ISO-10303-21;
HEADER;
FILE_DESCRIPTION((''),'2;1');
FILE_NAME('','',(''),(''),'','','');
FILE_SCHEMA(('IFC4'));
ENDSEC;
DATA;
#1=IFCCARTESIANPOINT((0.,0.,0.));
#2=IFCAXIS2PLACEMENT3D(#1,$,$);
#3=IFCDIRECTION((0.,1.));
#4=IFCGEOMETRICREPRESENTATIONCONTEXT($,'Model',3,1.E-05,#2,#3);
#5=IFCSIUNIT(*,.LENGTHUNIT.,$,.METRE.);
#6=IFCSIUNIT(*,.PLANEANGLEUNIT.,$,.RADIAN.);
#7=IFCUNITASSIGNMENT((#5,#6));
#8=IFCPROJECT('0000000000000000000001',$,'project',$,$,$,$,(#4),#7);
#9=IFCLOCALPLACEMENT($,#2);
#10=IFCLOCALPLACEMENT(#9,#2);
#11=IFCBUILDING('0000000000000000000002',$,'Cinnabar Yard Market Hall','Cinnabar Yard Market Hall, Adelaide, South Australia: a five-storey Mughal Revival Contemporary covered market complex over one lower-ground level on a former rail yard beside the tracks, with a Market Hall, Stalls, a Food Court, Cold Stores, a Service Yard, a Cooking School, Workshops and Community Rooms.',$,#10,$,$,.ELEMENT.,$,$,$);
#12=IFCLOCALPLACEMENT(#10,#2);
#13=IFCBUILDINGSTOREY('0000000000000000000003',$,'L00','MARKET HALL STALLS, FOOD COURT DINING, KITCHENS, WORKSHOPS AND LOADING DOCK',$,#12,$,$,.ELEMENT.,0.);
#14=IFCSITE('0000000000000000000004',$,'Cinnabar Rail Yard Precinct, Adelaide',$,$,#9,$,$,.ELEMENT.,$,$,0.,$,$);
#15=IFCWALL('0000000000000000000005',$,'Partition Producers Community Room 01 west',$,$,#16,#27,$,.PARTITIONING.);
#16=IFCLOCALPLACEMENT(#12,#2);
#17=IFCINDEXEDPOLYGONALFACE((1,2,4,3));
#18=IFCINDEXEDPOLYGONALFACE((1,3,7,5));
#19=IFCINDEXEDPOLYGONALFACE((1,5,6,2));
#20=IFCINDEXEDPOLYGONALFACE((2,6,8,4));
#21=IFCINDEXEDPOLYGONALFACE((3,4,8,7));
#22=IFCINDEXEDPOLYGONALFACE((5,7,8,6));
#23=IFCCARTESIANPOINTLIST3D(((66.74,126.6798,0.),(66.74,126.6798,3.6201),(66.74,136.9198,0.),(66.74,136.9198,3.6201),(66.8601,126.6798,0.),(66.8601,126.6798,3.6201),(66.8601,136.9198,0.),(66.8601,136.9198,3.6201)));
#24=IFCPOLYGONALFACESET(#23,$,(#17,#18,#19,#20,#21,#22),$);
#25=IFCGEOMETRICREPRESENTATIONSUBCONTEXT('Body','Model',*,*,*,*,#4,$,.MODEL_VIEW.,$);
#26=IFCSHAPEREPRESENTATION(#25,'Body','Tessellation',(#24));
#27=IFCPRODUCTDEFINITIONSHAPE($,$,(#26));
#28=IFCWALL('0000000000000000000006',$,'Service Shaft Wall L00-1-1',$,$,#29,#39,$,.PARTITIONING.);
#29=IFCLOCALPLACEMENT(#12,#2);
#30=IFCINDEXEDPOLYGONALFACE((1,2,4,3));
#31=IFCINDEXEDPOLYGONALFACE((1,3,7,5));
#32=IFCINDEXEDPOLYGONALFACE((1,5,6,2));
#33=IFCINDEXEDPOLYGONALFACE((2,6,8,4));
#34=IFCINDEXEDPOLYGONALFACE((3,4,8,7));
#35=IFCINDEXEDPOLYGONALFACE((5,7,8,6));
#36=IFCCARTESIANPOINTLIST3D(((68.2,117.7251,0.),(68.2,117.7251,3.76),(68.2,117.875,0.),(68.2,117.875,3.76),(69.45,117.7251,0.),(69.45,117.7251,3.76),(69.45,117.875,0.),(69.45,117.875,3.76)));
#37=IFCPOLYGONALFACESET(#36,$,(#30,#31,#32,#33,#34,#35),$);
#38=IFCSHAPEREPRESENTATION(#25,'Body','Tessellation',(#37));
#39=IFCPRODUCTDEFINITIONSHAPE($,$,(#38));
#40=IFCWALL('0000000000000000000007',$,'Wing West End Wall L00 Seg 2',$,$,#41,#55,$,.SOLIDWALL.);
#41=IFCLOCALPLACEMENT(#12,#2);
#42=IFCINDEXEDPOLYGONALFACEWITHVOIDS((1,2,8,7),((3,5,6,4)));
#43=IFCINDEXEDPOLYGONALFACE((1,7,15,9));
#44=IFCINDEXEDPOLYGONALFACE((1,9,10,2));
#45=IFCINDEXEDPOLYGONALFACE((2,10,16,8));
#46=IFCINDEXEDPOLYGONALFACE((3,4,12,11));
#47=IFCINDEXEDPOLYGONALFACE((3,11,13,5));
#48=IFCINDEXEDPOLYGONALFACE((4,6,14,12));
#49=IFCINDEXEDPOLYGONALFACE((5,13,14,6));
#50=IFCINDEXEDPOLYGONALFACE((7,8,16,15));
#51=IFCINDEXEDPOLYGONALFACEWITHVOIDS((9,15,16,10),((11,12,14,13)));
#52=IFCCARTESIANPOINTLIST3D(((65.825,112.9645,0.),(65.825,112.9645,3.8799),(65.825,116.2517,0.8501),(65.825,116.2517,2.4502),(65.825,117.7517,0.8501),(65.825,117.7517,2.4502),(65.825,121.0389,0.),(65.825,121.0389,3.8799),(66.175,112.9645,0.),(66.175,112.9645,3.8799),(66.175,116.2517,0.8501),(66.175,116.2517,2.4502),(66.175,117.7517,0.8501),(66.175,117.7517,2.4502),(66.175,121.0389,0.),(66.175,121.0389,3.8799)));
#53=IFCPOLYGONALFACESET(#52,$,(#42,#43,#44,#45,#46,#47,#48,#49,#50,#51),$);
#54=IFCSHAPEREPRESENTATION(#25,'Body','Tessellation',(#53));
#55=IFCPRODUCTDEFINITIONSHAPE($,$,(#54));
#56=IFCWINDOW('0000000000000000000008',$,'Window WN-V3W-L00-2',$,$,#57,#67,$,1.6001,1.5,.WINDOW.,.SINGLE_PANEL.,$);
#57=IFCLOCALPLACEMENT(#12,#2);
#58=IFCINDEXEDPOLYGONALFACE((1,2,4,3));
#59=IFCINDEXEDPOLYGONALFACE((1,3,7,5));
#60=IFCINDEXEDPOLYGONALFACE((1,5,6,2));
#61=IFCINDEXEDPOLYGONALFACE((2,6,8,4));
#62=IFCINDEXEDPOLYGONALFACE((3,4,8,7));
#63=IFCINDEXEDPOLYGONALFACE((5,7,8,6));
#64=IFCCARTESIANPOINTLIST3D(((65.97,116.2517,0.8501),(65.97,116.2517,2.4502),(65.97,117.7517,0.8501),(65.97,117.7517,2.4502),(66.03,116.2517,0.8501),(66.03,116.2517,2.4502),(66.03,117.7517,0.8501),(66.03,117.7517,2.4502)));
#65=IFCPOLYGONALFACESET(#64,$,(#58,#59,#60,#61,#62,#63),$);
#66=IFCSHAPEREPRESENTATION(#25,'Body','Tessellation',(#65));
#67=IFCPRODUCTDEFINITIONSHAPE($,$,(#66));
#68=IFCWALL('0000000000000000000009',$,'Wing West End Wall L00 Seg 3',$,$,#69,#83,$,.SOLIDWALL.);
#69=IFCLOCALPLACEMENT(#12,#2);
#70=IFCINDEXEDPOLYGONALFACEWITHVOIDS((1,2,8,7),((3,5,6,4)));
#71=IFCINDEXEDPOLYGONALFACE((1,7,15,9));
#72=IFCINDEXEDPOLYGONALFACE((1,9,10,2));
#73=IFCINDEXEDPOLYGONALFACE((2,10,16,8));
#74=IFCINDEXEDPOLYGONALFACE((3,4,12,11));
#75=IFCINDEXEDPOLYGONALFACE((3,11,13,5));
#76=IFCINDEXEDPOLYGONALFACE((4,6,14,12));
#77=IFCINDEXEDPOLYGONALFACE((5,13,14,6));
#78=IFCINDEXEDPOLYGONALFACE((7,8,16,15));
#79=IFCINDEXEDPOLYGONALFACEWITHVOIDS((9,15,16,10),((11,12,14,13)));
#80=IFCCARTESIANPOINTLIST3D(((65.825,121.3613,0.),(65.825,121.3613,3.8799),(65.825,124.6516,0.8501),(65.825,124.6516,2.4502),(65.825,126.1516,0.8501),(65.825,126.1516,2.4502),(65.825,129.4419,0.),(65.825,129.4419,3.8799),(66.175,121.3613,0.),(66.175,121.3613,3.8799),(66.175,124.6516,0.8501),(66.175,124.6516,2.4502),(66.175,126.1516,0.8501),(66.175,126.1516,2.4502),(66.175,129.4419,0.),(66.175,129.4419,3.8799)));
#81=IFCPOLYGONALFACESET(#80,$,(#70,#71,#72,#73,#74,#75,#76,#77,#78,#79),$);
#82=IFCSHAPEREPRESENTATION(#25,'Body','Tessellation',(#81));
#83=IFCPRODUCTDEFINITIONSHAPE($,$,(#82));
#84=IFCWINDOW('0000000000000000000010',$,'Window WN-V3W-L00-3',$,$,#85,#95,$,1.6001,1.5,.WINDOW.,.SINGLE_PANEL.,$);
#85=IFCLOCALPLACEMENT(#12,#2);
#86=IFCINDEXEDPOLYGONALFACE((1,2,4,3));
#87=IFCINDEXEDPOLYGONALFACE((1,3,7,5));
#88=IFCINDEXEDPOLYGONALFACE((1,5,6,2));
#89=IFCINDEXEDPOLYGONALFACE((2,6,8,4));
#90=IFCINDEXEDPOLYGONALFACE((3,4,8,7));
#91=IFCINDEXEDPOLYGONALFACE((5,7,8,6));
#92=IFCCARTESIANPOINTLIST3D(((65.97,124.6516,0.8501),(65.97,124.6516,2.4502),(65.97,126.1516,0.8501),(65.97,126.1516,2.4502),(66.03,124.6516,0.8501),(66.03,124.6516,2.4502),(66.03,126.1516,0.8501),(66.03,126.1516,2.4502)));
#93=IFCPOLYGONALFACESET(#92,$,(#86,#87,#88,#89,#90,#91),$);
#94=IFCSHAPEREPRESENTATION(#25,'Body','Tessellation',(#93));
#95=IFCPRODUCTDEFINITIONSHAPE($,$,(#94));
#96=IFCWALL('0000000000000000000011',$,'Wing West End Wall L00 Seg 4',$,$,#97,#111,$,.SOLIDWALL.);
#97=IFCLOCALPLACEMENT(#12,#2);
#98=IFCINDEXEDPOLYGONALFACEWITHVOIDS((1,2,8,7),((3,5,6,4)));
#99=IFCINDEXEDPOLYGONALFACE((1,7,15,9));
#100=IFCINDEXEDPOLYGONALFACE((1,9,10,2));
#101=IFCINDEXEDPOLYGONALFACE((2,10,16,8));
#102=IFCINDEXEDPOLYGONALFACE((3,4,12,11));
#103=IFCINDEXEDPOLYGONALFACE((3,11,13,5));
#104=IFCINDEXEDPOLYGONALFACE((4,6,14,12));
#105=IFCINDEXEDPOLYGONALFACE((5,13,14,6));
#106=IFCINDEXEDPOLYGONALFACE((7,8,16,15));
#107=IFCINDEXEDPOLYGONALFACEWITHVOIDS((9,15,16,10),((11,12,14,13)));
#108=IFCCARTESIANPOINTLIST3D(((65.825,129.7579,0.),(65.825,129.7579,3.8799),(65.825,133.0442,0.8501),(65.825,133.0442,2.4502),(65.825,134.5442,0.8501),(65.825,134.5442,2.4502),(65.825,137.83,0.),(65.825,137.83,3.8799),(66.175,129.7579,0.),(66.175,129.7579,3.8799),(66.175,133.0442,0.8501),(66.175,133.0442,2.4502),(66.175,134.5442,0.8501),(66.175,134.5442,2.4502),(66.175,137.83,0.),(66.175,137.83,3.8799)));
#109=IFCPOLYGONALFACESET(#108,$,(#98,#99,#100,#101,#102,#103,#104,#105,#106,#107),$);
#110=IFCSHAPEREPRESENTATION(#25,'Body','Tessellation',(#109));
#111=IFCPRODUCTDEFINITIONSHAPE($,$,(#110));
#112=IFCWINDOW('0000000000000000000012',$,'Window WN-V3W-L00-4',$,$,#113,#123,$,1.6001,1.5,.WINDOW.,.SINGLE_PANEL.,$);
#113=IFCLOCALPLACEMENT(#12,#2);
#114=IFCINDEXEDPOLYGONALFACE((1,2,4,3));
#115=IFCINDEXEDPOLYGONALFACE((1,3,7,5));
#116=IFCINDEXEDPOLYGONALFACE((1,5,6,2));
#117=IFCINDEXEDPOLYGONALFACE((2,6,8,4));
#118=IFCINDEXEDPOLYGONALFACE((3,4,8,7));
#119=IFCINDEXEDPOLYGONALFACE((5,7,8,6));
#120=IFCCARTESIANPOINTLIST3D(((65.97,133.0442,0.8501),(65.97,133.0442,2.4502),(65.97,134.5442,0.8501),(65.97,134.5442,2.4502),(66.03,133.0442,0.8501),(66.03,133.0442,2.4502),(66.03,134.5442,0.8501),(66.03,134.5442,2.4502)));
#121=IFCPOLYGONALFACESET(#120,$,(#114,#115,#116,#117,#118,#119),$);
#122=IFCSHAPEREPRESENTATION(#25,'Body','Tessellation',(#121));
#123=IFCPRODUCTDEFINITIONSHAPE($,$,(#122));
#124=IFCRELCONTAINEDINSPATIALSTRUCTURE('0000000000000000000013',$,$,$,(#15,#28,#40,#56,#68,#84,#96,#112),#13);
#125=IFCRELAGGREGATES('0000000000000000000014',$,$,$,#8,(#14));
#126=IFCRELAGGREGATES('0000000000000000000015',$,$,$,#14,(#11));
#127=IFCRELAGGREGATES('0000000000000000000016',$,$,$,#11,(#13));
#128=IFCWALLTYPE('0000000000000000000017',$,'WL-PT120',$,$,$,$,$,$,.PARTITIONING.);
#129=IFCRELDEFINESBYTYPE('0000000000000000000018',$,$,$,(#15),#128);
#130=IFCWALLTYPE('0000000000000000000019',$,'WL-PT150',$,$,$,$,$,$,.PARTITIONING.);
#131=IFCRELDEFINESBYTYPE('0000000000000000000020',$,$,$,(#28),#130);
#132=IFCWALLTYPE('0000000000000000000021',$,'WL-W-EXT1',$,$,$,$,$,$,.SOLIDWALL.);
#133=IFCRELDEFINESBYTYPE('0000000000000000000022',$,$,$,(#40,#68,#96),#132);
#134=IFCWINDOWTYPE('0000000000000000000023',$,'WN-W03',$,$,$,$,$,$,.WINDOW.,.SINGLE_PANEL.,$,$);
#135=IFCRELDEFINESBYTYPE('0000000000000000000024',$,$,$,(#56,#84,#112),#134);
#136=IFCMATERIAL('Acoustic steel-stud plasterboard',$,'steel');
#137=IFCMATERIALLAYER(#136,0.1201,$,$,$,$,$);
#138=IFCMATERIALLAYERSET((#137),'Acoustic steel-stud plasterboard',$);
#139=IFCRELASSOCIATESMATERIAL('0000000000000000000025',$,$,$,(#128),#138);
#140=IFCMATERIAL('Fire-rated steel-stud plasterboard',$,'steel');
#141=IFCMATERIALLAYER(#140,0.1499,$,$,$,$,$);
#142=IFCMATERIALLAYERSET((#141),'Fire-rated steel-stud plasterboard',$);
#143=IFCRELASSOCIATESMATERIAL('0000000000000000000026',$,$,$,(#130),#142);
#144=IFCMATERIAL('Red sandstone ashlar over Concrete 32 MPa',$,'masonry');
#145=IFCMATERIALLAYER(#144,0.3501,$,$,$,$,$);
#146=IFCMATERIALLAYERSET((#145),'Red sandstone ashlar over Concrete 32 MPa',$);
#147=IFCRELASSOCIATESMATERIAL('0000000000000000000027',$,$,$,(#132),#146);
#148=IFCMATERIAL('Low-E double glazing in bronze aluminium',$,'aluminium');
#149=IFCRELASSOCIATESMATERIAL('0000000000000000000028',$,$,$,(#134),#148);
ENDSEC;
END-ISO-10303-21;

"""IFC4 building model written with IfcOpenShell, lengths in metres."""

from ifc_helpers import new_model, si_unit, direction, frame, frame_2d, origin, place, context, subcontext, project, spatial, rectangle, extrude, material, layer, layer_set, type_object, element, fill, save


model = new_model("IFC4")

# Units and contexts
model_context = context("Model", 3, precision=1e-05, world=origin(), true_north=direction((0.0, 1.0)))
body_context = subcontext(model_context, "Body", "Model", "MODEL_VIEW")
ifc_project = project(units=[si_unit("LENGTHUNIT", "METRE"), si_unit("PLANEANGLEUNIT", "RADIAN")], contexts=[model_context])

# Site, building, storey
site_placement = place(None, origin())
site = spatial("IfcSite", under=ifc_project, at=site_placement, Name="Cinnabar Rail Yard Precinct, Adelaide", CompositionType="ELEMENT", RefElevation=0.0)
building_placement = place(site_placement, origin())
building = spatial("IfcBuilding", under=site, at=building_placement, Name="Cinnabar Yard Market Hall", Description="Cinnabar Yard Market Hall, Adelaide, South Australia: a five-storey Mughal Revival Contemporary covered market complex over one lower-ground level on a former rail yard beside the tracks, with a Market Hall, Stalls, a Food Court, Cold Stores, a Service Yard, a Cooking School, Workshops and Community Rooms.", CompositionType="ELEMENT")
storey_placement = place(building_placement, origin())
storey = spatial("IfcBuildingStorey", under=building, at=storey_placement, Name="L00", Description="MARKET HALL STALLS, FOOD COURT DINING, KITCHENS, WORKSHOPS AND LOADING DOCK", CompositionType="ELEMENT", Elevation=0.0)

# Shared definitions
ifc_material_1 = material(Name="Acoustic steel-stud plasterboard", Category="steel")
ifc_layer_1 = layer(ifc_material_1, 0.1201)
ifc_layer_set_1 = layer_set([ifc_layer_1], Name="Acoustic steel-stud plasterboard")
wall_type_1 = type_object("IfcWallType", Name="WL-PT120", PredefinedType="PARTITIONING", material=ifc_layer_set_1)

# Walls
wall_1_placement = place(storey_placement, frame((66.8, 136.9199, 0.0), z_axis=(0.0, 0.0, 1.0), x_axis=(0.0, -1.0, 0.0)))
element("IfcWall", 1, at=wall_1_placement, inside=storey, type_object=wall_type_1, Name="Partition Producers Community Room 01 west", PredefinedType="PARTITIONING", context=body_context, shape_type="SweptSolid", body=[
    extrude(rectangle(XDim=10.24, YDim=0.1201, at=frame_2d((5.1201, 0.0), x_axis=(1.0, 0.0))), origin(), (0.0, 0.0, 1.0), 3.6201),
])
ifc_material_2 = material(Name="Fire-rated steel-stud plasterboard", Category="steel")
ifc_layer_2 = layer(ifc_material_2, 0.1499)
ifc_layer_set_2 = layer_set([ifc_layer_2], Name="Fire-rated steel-stud plasterboard")
wall_type_2 = type_object("IfcWallType", Name="WL-PT150", PredefinedType="PARTITIONING", material=ifc_layer_set_2)
wall_2_placement = place(storey_placement, frame((68.2, 117.8, 0.0), z_axis=(0.0, 0.0, 1.0), x_axis=(1.0, 0.0, 0.0)))
element("IfcWall", 2, at=wall_2_placement, inside=storey, type_object=wall_type_2, Name="Service Shaft Wall L00-1-1", PredefinedType="PARTITIONING", context=body_context, shape_type="SweptSolid", body=[
    extrude(rectangle(XDim=1.25, YDim=0.1499, at=frame_2d((0.625, 0.0), x_axis=(1.0, 0.0))), origin(), (0.0, 0.0, 1.0), 3.76),
])

# Walls, openings, windows
ifc_material_3 = material(Name="Red sandstone ashlar over Concrete 32 MPa", Category="masonry")
ifc_layer_3 = layer(ifc_material_3, 0.3501)
ifc_layer_set_3 = layer_set([ifc_layer_3], Name="Red sandstone ashlar over Concrete 32 MPa")
wall_type_3 = type_object("IfcWallType", Name="WL-W-EXT1", PredefinedType="SOLIDWALL", material=ifc_layer_set_3)
wall_3_placement = place(storey_placement, frame((66.0, 121.0388, 0.0), z_axis=(0.0, 0.0, 1.0), x_axis=(0.0, -1.0, 0.0)))
wall_3 = element("IfcWall", 3, at=wall_3_placement, inside=storey, type_object=wall_type_3, Name="Wing West End Wall L00 Seg 2", PredefinedType="SOLIDWALL", context=body_context, shape_type="SweptSolid", body=[
    extrude(rectangle(XDim=8.0745, YDim=0.3501, at=frame_2d((4.0371, 0.0), x_axis=(1.0, 0.0))), origin(), (0.0, 0.0, 1.0), 3.8799),
])
opening_1_placement = place(wall_3_placement, frame((3.2871, 0.0, 0.8501)))
opening_1 = element("IfcOpeningElement", 4, at=opening_1_placement, cuts=wall_3, PredefinedType="OPENING", context=body_context, shape_type="SweptSolid", body=[
    extrude(rectangle(XDim=1.5, YDim=1.6001, at=frame_2d((0.75, 0.8), x_axis=(1.0, 0.0))), frame((0.0, 0.1851, 0.0), z_axis=(0.0, -1.0, 0.0), x_axis=(1.0, 0.0, 0.0)), (0.0, 0.0, 1.0), 0.3701),
])
ifc_material_4 = material(Name="Low-E double glazing in bronze aluminium", Category="aluminium")
window_type = type_object("IfcWindowType", Name="WN-W03", PartitioningType="SINGLE_PANEL", PredefinedType="WINDOW", material=ifc_material_4)
window_1_placement = place(opening_1_placement, origin())
window_1 = element("IfcWindow", 5, at=window_1_placement, inside=storey, type_object=window_type, Name="Window WN-V3W-L00-2", OverallHeight=1.6001, OverallWidth=1.5, PartitioningType="SINGLE_PANEL", PredefinedType="WINDOW", context=body_context, shape_type="SweptSolid", body=[
    extrude(rectangle(XDim=1.5, YDim=1.6001, at=frame_2d((0.75, 0.8), x_axis=(1.0, 0.0))), frame((0.0, 0.03, 0.0), z_axis=(0.0, -1.0, 0.0), x_axis=(1.0, 0.0, 0.0)), (0.0, 0.0, 1.0), 0.0601),
])
fill(opening_1, window_1)
wall_4_placement = place(storey_placement, frame((66.0, 129.4419, 0.0), z_axis=(0.0, 0.0, 1.0), x_axis=(0.0, -1.0, 0.0)))
wall_4 = element("IfcWall", 6, at=wall_4_placement, inside=storey, type_object=wall_type_3, Name="Wing West End Wall L00 Seg 3", PredefinedType="SOLIDWALL", context=body_context, shape_type="SweptSolid", body=[
    extrude(rectangle(XDim=8.0806, YDim=0.3501, at=frame_2d((4.0403, 0.0), x_axis=(1.0, 0.0))), origin(), (0.0, 0.0, 1.0), 3.8799),
])
opening_2_placement = place(wall_4_placement, frame((3.2903, 0.0, 0.8501)))
opening_2 = element("IfcOpeningElement", 7, at=opening_2_placement, cuts=wall_4, PredefinedType="OPENING", context=body_context, shape_type="SweptSolid", body=[
    extrude(rectangle(XDim=1.5, YDim=1.6001, at=frame_2d((0.75, 0.8), x_axis=(1.0, 0.0))), frame((0.0, 0.1851, 0.0), z_axis=(0.0, -1.0, 0.0), x_axis=(1.0, 0.0, 0.0)), (0.0, 0.0, 1.0), 0.3701),
])
window_2_placement = place(opening_2_placement, origin())
window_2 = element("IfcWindow", 8, at=window_2_placement, inside=storey, type_object=window_type, Name="Window WN-V3W-L00-3", OverallHeight=1.6001, OverallWidth=1.5, PartitioningType="SINGLE_PANEL", PredefinedType="WINDOW", context=body_context, shape_type="SweptSolid", body=[
    extrude(rectangle(XDim=1.5, YDim=1.6001, at=frame_2d((0.75, 0.8), x_axis=(1.0, 0.0))), frame((0.0, 0.03, 0.0), z_axis=(0.0, -1.0, 0.0), x_axis=(1.0, 0.0, 0.0)), (0.0, 0.0, 1.0), 0.0601),
])
fill(opening_2, window_2)
wall_5_placement = place(storey_placement, frame((66.0, 137.8301, 0.0), z_axis=(0.0, 0.0, 1.0), x_axis=(0.0, -1.0, 0.0)))
wall_5 = element("IfcWall", 9, at=wall_5_placement, inside=storey, type_object=wall_type_3, Name="Wing West End Wall L00 Seg 4", PredefinedType="SOLIDWALL", context=body_context, shape_type="SweptSolid", body=[
    extrude(rectangle(XDim=8.072, YDim=0.3501, at=frame_2d((4.0361, 0.0), x_axis=(1.0, 0.0))), origin(), (0.0, 0.0, 1.0), 3.8799),
])
opening_3_placement = place(wall_5_placement, frame((3.2859, 0.0, 0.8501)))
opening_3 = element("IfcOpeningElement", 10, at=opening_3_placement, cuts=wall_5, PredefinedType="OPENING", context=body_context, shape_type="SweptSolid", body=[
    extrude(rectangle(XDim=1.5, YDim=1.6001, at=frame_2d((0.75, 0.8), x_axis=(1.0, 0.0))), frame((0.0, 0.1851, 0.0), z_axis=(0.0, -1.0, 0.0), x_axis=(1.0, 0.0, 0.0)), (0.0, 0.0, 1.0), 0.3701),
])
window_3_placement = place(opening_3_placement, origin())
window_3 = element("IfcWindow", 11, at=window_3_placement, inside=storey, type_object=window_type, Name="Window WN-V3W-L00-4", OverallHeight=1.6001, OverallWidth=1.5, PartitioningType="SINGLE_PANEL", PredefinedType="WINDOW", context=body_context, shape_type="SweptSolid", body=[
    extrude(rectangle(XDim=1.5, YDim=1.6001, at=frame_2d((0.75, 0.8), x_axis=(1.0, 0.0))), frame((0.0, 0.03, 0.0), z_axis=(0.0, -1.0, 0.0), x_axis=(1.0, 0.0, 0.0)), (0.0, 0.0, 1.0), 0.0601),
])
fill(opening_3, window_3)

save(model, "model.ifc")
